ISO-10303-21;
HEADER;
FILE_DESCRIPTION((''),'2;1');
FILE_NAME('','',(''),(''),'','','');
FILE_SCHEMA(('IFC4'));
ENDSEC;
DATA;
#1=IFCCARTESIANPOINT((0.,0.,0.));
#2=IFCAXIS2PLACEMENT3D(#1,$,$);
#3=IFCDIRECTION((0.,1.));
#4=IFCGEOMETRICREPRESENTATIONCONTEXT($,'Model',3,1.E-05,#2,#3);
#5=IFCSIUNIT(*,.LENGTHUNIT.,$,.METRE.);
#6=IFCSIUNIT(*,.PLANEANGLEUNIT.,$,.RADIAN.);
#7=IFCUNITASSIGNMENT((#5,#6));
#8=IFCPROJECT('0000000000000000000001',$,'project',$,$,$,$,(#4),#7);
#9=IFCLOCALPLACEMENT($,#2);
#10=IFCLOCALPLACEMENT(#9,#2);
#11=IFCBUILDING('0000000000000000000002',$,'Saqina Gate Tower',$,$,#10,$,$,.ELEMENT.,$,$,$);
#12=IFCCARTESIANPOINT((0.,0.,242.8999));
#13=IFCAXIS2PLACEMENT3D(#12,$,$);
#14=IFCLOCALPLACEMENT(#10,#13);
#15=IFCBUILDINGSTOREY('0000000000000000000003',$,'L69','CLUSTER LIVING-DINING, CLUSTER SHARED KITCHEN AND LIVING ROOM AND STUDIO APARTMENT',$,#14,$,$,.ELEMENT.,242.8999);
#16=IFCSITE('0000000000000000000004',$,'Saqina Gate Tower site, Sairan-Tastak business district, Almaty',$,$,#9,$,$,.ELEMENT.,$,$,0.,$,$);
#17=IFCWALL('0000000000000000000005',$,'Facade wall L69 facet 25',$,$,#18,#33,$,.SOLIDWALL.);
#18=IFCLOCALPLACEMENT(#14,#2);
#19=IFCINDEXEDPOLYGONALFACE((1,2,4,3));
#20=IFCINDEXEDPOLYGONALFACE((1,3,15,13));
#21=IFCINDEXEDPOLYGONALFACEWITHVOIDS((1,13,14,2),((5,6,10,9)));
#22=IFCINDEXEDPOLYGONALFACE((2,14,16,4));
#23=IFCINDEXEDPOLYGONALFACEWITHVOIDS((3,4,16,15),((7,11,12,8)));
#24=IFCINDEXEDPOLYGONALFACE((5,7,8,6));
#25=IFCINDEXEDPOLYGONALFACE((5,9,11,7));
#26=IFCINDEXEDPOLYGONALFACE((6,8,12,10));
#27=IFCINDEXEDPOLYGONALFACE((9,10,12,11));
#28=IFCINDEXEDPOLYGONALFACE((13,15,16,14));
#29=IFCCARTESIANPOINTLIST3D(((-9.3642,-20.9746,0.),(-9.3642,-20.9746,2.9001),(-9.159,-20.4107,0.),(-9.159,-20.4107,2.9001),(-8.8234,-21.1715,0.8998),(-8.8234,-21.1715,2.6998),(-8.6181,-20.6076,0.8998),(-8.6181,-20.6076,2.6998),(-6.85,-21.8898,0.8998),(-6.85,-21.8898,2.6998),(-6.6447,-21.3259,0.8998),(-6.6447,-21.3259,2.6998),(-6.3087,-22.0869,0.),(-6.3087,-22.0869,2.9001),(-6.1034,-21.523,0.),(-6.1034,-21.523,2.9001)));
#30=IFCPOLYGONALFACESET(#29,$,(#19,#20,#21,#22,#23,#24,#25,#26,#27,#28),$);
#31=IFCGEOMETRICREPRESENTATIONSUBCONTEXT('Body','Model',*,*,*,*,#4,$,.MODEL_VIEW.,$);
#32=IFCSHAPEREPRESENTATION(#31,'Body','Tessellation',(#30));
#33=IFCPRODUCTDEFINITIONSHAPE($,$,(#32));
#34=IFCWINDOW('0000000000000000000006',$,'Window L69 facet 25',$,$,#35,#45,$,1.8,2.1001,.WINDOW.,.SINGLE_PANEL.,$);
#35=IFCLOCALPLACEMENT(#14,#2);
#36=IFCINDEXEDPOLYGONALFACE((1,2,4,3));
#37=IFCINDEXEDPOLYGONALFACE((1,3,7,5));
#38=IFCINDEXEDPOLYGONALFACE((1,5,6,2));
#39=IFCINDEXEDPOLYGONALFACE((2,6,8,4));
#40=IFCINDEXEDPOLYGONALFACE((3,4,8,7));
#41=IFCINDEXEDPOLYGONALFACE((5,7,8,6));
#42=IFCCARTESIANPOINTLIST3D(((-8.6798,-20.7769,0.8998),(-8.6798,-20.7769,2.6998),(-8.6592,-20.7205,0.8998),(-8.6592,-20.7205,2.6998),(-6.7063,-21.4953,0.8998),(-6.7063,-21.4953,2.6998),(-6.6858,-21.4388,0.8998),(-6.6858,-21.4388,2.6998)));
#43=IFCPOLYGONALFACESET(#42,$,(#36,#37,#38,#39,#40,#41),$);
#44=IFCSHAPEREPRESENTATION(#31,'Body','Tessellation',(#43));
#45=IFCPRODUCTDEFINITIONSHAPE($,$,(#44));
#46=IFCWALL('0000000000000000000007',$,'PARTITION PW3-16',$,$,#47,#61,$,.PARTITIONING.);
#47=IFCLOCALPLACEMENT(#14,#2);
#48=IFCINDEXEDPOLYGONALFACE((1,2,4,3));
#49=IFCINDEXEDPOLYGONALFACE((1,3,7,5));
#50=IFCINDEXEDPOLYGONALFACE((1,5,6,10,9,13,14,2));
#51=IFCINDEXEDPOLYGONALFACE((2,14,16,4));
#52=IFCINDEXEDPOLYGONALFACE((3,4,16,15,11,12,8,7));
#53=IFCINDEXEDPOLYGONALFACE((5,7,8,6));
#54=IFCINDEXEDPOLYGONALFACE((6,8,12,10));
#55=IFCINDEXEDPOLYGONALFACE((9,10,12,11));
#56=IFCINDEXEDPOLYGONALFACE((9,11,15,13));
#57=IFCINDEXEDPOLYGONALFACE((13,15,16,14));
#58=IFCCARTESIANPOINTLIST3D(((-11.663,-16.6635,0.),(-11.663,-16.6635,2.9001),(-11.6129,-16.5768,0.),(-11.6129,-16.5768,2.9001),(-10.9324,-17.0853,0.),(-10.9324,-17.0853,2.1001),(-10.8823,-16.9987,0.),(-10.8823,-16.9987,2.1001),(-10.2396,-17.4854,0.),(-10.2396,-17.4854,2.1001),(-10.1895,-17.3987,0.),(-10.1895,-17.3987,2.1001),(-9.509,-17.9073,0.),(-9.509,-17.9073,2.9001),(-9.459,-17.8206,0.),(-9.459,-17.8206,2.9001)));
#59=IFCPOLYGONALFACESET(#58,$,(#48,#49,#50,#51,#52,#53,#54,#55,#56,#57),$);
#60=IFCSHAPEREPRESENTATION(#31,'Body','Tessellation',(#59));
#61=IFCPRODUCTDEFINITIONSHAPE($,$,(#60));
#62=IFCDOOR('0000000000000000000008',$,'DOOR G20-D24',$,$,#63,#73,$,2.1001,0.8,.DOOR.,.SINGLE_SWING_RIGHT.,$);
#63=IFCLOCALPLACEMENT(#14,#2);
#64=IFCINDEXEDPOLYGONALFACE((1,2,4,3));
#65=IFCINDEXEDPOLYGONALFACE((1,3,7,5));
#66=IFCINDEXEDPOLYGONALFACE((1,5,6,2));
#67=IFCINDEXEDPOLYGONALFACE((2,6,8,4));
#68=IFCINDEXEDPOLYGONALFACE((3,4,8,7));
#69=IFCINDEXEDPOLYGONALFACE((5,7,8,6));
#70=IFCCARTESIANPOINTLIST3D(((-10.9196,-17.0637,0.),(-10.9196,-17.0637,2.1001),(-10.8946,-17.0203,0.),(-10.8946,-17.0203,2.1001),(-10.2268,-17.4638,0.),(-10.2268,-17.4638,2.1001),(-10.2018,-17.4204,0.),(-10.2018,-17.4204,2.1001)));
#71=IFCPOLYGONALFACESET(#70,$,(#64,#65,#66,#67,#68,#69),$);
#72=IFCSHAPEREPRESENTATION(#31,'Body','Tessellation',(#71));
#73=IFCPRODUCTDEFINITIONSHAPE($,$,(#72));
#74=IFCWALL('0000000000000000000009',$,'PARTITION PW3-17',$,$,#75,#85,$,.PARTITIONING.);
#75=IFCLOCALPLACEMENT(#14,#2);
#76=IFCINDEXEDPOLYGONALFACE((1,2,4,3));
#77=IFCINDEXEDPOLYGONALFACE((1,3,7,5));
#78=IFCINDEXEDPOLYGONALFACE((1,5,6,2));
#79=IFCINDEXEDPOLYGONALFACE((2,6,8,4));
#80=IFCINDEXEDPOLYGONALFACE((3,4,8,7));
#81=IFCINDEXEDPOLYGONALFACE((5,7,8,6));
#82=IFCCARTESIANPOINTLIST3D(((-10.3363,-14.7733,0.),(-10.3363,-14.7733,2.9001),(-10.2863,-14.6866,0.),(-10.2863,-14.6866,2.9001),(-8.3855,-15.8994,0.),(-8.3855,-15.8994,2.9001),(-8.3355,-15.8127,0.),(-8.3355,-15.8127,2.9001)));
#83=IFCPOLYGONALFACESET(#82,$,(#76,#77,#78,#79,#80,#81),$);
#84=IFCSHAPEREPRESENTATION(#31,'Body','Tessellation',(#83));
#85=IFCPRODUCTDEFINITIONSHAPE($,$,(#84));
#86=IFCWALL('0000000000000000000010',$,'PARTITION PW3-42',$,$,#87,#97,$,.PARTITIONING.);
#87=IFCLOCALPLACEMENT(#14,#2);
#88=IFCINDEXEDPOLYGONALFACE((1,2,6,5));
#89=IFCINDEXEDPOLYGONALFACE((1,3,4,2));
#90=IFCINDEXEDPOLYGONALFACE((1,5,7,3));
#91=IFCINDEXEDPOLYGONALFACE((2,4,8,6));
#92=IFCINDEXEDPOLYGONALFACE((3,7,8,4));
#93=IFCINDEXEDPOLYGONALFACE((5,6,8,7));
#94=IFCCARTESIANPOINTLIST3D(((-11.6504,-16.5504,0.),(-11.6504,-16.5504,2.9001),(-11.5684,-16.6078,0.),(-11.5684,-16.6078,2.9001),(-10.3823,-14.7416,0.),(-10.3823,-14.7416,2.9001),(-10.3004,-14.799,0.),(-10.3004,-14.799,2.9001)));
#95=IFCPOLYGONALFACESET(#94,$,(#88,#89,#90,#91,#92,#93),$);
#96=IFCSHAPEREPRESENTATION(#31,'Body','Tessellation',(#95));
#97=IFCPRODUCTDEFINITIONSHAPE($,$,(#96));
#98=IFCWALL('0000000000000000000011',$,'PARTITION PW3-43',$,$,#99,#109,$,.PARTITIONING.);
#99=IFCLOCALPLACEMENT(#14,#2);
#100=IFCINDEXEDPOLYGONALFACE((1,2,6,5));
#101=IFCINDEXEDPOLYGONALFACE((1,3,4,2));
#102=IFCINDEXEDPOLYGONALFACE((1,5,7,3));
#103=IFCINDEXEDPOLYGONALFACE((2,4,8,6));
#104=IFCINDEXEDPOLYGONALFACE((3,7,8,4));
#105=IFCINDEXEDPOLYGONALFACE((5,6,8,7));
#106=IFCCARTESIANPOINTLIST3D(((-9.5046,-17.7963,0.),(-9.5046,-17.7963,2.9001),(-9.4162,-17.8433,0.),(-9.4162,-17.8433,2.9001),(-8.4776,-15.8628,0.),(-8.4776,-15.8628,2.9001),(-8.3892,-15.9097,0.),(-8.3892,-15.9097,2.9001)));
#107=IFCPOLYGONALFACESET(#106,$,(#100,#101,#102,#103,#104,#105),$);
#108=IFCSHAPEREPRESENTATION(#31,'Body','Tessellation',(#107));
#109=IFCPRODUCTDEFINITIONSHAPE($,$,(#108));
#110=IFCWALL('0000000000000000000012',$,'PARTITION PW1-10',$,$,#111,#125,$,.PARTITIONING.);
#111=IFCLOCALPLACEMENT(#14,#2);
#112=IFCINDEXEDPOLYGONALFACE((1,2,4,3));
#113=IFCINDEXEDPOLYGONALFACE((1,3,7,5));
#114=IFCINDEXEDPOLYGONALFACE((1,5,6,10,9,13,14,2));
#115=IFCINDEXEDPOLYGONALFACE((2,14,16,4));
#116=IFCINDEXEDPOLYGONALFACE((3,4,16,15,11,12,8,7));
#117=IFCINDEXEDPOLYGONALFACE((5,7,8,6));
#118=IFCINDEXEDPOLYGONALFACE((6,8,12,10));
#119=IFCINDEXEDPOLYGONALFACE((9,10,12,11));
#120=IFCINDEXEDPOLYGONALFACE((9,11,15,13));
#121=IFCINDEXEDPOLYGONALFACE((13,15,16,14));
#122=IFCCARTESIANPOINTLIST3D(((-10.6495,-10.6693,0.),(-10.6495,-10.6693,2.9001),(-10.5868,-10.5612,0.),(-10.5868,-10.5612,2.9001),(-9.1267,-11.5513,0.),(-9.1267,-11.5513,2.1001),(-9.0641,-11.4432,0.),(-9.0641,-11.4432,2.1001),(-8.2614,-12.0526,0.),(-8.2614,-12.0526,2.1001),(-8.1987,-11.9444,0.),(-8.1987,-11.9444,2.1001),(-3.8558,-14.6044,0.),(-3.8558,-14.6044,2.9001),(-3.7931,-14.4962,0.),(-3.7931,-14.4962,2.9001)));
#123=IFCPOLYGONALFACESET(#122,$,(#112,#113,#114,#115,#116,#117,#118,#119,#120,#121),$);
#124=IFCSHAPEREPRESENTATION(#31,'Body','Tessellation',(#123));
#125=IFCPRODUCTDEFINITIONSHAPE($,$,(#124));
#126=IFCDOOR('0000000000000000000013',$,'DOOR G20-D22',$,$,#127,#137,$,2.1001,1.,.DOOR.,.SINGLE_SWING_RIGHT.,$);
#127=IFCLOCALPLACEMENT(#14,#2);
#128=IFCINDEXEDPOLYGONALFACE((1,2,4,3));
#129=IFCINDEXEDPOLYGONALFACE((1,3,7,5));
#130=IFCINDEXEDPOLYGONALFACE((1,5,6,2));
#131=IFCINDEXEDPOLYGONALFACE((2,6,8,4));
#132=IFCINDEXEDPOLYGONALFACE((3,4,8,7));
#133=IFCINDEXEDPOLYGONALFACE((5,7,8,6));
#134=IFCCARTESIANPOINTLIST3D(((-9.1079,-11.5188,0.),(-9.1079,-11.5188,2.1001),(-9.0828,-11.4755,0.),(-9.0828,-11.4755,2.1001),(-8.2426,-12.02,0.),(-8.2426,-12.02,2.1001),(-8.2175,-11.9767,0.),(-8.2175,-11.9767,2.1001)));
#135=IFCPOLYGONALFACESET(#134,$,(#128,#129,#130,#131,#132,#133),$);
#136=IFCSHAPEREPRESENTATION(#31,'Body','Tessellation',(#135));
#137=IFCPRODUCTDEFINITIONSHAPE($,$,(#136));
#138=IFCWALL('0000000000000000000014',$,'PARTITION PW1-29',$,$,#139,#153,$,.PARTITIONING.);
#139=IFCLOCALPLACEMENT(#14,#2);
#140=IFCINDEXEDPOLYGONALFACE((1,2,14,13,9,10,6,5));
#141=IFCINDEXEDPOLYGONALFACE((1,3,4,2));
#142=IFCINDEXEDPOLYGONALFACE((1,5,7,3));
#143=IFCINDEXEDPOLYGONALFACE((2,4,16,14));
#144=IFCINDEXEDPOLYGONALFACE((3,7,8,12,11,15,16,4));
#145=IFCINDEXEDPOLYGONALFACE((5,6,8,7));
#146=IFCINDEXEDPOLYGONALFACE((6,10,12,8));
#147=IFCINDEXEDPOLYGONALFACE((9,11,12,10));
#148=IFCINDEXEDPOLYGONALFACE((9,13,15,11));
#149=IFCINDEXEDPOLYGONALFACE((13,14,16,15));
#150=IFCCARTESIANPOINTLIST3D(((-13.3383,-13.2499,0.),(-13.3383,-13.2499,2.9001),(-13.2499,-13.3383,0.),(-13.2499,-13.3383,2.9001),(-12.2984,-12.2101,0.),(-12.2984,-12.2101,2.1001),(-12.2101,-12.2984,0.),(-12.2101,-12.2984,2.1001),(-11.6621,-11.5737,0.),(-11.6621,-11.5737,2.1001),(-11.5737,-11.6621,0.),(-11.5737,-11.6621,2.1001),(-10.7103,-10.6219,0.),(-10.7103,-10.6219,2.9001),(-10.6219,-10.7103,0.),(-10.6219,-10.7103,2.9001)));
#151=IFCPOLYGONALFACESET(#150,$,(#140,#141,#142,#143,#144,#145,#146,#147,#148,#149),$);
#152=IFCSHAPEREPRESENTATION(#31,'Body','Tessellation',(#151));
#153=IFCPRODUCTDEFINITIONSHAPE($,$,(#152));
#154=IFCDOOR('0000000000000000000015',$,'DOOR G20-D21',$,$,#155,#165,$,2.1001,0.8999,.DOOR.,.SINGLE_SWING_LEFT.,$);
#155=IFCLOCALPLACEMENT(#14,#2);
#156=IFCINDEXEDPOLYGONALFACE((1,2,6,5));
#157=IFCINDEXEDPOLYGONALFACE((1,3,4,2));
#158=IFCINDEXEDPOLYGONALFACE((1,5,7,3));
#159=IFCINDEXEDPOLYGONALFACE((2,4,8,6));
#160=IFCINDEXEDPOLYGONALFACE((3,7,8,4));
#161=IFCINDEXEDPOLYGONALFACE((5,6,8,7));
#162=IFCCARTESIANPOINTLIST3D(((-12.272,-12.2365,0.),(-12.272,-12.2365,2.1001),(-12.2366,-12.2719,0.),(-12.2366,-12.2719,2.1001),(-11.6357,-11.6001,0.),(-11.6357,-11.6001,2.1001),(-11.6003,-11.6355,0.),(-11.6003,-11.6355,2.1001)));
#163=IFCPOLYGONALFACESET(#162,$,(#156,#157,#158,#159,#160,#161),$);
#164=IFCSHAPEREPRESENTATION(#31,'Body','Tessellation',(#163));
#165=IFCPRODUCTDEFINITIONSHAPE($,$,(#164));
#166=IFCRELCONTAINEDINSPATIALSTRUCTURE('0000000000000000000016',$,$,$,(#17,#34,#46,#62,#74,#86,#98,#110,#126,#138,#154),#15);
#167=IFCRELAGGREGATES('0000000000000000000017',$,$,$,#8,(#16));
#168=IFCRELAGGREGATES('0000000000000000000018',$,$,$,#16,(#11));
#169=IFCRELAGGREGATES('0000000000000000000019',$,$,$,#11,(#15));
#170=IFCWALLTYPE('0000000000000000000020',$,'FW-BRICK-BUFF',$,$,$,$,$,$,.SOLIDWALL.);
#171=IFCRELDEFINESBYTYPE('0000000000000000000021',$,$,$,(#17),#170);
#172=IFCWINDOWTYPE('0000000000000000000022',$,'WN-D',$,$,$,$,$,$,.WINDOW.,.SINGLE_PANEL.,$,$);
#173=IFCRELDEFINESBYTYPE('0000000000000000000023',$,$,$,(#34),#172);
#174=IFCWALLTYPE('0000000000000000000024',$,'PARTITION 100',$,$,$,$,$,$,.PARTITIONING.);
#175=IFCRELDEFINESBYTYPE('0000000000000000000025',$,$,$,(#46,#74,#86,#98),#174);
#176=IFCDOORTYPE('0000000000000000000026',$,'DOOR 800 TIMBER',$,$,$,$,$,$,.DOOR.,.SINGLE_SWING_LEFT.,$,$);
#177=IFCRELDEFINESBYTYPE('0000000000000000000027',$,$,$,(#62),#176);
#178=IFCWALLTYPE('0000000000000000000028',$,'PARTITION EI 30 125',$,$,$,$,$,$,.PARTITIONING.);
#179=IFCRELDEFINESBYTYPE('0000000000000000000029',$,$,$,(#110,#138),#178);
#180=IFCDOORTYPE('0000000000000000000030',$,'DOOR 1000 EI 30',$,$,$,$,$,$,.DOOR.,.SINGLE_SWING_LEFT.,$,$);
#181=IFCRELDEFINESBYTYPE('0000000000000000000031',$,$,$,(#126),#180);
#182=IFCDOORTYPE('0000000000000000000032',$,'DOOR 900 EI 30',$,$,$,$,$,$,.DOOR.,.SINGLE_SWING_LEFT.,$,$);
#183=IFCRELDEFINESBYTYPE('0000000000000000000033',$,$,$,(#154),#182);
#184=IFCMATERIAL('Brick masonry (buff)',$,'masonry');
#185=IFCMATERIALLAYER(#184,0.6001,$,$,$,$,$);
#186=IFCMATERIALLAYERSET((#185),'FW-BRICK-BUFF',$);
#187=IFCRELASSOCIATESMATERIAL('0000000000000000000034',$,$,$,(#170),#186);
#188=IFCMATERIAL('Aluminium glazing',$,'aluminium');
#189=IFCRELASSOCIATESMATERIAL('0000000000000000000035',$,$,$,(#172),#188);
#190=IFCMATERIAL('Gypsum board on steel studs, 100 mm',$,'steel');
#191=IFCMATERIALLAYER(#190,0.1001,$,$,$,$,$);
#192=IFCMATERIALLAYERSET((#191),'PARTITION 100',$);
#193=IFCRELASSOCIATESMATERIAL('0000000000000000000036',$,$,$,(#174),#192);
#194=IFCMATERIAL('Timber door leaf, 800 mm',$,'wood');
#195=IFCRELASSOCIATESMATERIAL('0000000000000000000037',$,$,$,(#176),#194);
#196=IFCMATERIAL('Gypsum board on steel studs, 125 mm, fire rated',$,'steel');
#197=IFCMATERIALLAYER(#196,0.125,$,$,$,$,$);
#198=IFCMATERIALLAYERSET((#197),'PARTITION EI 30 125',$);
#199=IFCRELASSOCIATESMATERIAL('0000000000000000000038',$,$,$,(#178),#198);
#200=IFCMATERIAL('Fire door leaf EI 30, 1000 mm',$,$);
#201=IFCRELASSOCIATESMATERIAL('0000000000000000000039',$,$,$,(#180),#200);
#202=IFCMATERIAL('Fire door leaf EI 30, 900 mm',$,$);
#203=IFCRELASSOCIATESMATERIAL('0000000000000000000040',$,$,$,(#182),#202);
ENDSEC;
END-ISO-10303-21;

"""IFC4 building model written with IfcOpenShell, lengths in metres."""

from ifc_helpers import new_model, si_unit, direction, frame, frame_2d, origin, place, context, subcontext, project, spatial, rectangle, extrude, material, layer, layer_set, type_object, element, fill, save


model = new_model("IFC4")

# Units and contexts
model_context = context("Model", 3, precision=1e-05, world=origin(), true_north=direction((0.0, 1.0)))
body_context = subcontext(model_context, "Body", "Model", "MODEL_VIEW")
ifc_project = project(units=[si_unit("LENGTHUNIT", "METRE"), si_unit("PLANEANGLEUNIT", "RADIAN")], contexts=[model_context])

# Site, building, storey
site_placement = place(None, origin())
site = spatial("IfcSite", under=ifc_project, at=site_placement, Name="Saqina Gate Tower site, Sairan-Tastak business district, Almaty", CompositionType="ELEMENT", RefElevation=0.0)
building_placement = place(site_placement, origin())
building = spatial("IfcBuilding", under=site, at=building_placement, Name="Saqina Gate Tower", CompositionType="ELEMENT")
storey_placement = place(building_placement, frame((0.0, 0.0, 242.8999)))
storey = spatial("IfcBuildingStorey", under=building, at=storey_placement, Name="L69", Description="CLUSTER LIVING-DINING, CLUSTER SHARED KITCHEN AND LIVING ROOM AND STUDIO APARTMENT", CompositionType="ELEMENT", Elevation=242.8999)

# Wall, opening, window
ifc_material_1 = material(Name="Brick masonry (buff)", Category="masonry")
ifc_layer_1 = layer(ifc_material_1, 0.6001)
ifc_layer_set_1 = layer_set([ifc_layer_1], Name="FW-BRICK-BUFF")
wall_type_1 = type_object("IfcWallType", Name="FW-BRICK-BUFF", PredefinedType="SOLIDWALL", material=ifc_layer_set_1)
ifc_material_2 = material(Name="Aluminium glazing", Category="aluminium")
window_type = type_object("IfcWindowType", Name="WN-D", PartitioningType="SINGLE_PANEL", PredefinedType="WINDOW", material=ifc_material_2)
wall_1_placement = place(storey_placement, frame((-9.2617, -20.6926, 0.0), z_axis=(0.0, 0.0, 1.0), x_axis=(0.939679, -0.342057, 0.0)))
wall_1 = element("IfcWall", 1, at=wall_1_placement, inside=storey, type_object=wall_type_1, Name="Facade wall L69 facet 25", PredefinedType="SOLIDWALL", context=body_context, shape_type="SweptSolid", body=[
    extrude(rectangle(XDim=3.2517, YDim=0.6001, at=frame_2d((1.626, 0.0))), origin(), (0.0, 0.0, 1.0), 2.9001),
])
opening_1_placement = place(wall_1_placement, frame((0.5757, 0.0, 0.8999)))
opening_1 = element("IfcOpeningElement", 2, at=opening_1_placement, cuts=wall_1, PredefinedType="OPENING", context=body_context, shape_type="SweptSolid", body=[
    extrude(rectangle(XDim=2.1001, YDim=1.8, at=frame_2d((1.05, 0.8999))), frame((0.0, 0.312, 0.0), z_axis=(0.0, -1.0, 0.0), x_axis=(1.0, 0.0, 0.0)), (0.0, 0.0, 1.0), 0.624),
])
window_1_placement = place(opening_1_placement, origin())
window_1 = element("IfcWindow", 3, at=window_1_placement, inside=storey, type_object=window_type, Name="Window L69 facet 25", OverallHeight=1.8, OverallWidth=2.1001, PartitioningType="SINGLE_PANEL", PredefinedType="WINDOW", context=body_context, shape_type="SweptSolid", body=[
    extrude(rectangle(XDim=2.1001, YDim=1.8, at=frame_2d((1.05, 0.8999))), frame((0.0, 0.1799, 0.0), z_axis=(0.0, -1.0, 0.0), x_axis=(1.0, 0.0, 0.0)), (0.0, 0.0, 1.0), 0.0601),
])
fill(opening_1, window_1)

# Wall, opening, door
ifc_material_3 = material(Name="Gypsum board on steel studs, 100 mm", Category="steel")
ifc_layer_2 = layer(ifc_material_3, 0.1001)
ifc_layer_set_2 = layer_set([ifc_layer_2], Name="PARTITION 100")
wall_type_2 = type_object("IfcWallType", Name="PARTITION 100", PredefinedType="PARTITIONING", material=ifc_layer_set_2)
wall_2_placement = place(storey_placement, frame((-11.6379, -16.6201, 0.0), z_axis=(0.0, 0.0, 1.0), x_axis=(0.865981, -0.500076, 0.0)))
wall_2 = element("IfcWall", 4, at=wall_2_placement, inside=storey, type_object=wall_type_2, Name="PARTITION PW3-16", PredefinedType="PARTITIONING", context=body_context, shape_type="SweptSolid", body=[
    extrude(rectangle(XDim=2.4873, YDim=0.1001, at=frame_2d((1.2437, 0.0))), origin(), (0.0, 0.0, 1.0), 2.9001),
])
opening_2_placement = place(wall_2_placement, frame((0.8438, 0.0, 0.0)))
opening_2 = element("IfcOpeningElement", 5, at=opening_2_placement, cuts=wall_2, PredefinedType="OPENING", context=body_context, shape_type="SweptSolid", body=[
    extrude(rectangle(XDim=0.8, YDim=2.1001, at=frame_2d((0.3999, 1.05))), frame((0.0, 0.062, 0.0), z_axis=(0.0, -1.0, 0.0), x_axis=(1.0, 0.0, 0.0)), (0.0, 0.0, 1.0), 0.124),
])
ifc_material_4 = material(Name="Timber door leaf, 800 mm", Category="wood")
door_type_1 = type_object("IfcDoorType", Name="DOOR 800 TIMBER", OperationType="SINGLE_SWING_LEFT", PredefinedType="DOOR", material=ifc_material_4)
door_1_placement = place(opening_2_placement, frame((0.8, 0.0, 0.0), z_axis=(0.0, 0.0, 1.0), x_axis=(-1.0, 0.0, 0.0)))
door_1 = element("IfcDoor", 6, at=door_1_placement, inside=storey, type_object=door_type_1, Name="DOOR G20-D24", OperationType="SINGLE_SWING_RIGHT", OverallHeight=2.1001, OverallWidth=0.8, PredefinedType="DOOR", context=body_context, shape_type="SweptSolid", body=[
    extrude(rectangle(XDim=0.8, YDim=2.1001, at=frame_2d((0.3999, 1.05))), frame((0.0, 0.0249, 0.0), z_axis=(0.0, -1.0, 0.0), x_axis=(1.0, 0.0, 0.0)), (0.0, 0.0, 1.0), 0.05),
])
fill(opening_2, door_1)

# Walls
wall_3_placement = place(storey_placement, frame((-10.3113, -14.73, 0.0), z_axis=(0.0, 0.0, 1.0), x_axis=(0.866074, -0.499916, 0.0)))
element("IfcWall", 7, at=wall_3_placement, inside=storey, type_object=wall_type_2, Name="PARTITION PW3-17", PredefinedType="PARTITIONING", context=body_context, shape_type="SweptSolid", body=[
    extrude(rectangle(XDim=2.2524, YDim=0.1001, at=frame_2d((1.1262, 0.0))), origin(), (0.0, 0.0, 1.0), 2.9001),
])
wall_4_placement = place(storey_placement, frame((-11.6094, -16.5791, 0.0), z_axis=(0.0, 0.0, 1.0), x_axis=(0.574033, 0.818832, 0.0)))
element("IfcWall", 8, at=wall_4_placement, inside=storey, type_object=wall_type_2, Name="PARTITION PW3-42", PredefinedType="PARTITIONING", context=body_context, shape_type="SweptSolid", body=[
    extrude(rectangle(XDim=2.209, YDim=0.1001, at=frame_2d((1.1045, 0.0))), origin(), (0.0, 0.0, 1.0), 2.9001),
])
wall_5_placement = place(storey_placement, frame((-9.4604, -17.8198, 0.0), z_axis=(0.0, 0.0, 1.0), x_axis=(0.469112, 0.883139, 0.0)))
element("IfcWall", 9, at=wall_5_placement, inside=storey, type_object=wall_type_2, Name="PARTITION PW3-43", PredefinedType="PARTITIONING", context=body_context, shape_type="SweptSolid", body=[
    extrude(rectangle(XDim=2.1895, YDim=0.1001, at=frame_2d((1.0947, 0.0))), origin(), (0.0, 0.0, 1.0), 2.9001),
])

# Walls, openings, doors
ifc_material_5 = material(Name="Gypsum board on steel studs, 125 mm, fire rated", Category="steel")
ifc_layer_3 = layer(ifc_material_5, 0.125)
ifc_layer_set_3 = layer_set([ifc_layer_3], Name="PARTITION EI 30 125")
wall_type_3 = type_object("IfcWallType", Name="PARTITION EI 30 125", PredefinedType="PARTITIONING", material=ifc_layer_set_3)
wall_6_placement = place(storey_placement, frame((-10.6182, -10.6152, 0.0), z_axis=(0.0, 0.0, 1.0), x_axis=(0.865323, -0.501214, 0.0)))
wall_6 = element("IfcWall", 10, at=wall_6_placement, inside=storey, type_object=wall_type_3, Name="PARTITION PW1-10", PredefinedType="PARTITIONING", context=body_context, shape_type="SweptSolid", body=[
    extrude(rectangle(XDim=7.8511, YDim=0.125, at=frame_2d((3.9255, 0.0))), origin(), (0.0, 0.0, 1.0), 2.9001),
])
opening_3_placement = place(wall_6_placement, frame((1.7598, 0.0, 0.0)))
opening_3 = element("IfcOpeningElement", 11, at=opening_3_placement, cuts=wall_6, PredefinedType="OPENING", context=body_context, shape_type="SweptSolid", body=[
    extrude(rectangle(XDim=1.0, YDim=2.1001, at=frame_2d((0.5, 1.05))), frame((0.0, 0.0745, 0.0), z_axis=(0.0, -1.0, 0.0), x_axis=(1.0, 0.0, 0.0)), (0.0, 0.0, 1.0), 0.1489),
])
ifc_material_6 = material(Name="Fire door leaf EI 30, 1000 mm")
door_type_2 = type_object("IfcDoorType", Name="DOOR 1000 EI 30", OperationType="SINGLE_SWING_LEFT", PredefinedType="DOOR", material=ifc_material_6)
door_2_placement = place(opening_3_placement, frame((1.0, 0.0, 0.0), z_axis=(0.0, 0.0, 1.0), x_axis=(-1.0, 0.0, 0.0)))
door_2 = element("IfcDoor", 12, at=door_2_placement, inside=storey, type_object=door_type_2, Name="DOOR G20-D22", OperationType="SINGLE_SWING_RIGHT", OverallHeight=2.1001, OverallWidth=1.0, PredefinedType="DOOR", context=body_context, shape_type="SweptSolid", body=[
    extrude(rectangle(XDim=1.0, YDim=2.1001, at=frame_2d((0.5, 1.05))), frame((0.0, 0.0249, 0.0), z_axis=(0.0, -1.0, 0.0), x_axis=(1.0, 0.0, 0.0)), (0.0, 0.0, 1.0), 0.05),
])
fill(opening_3, door_2)
wall_7_placement = place(storey_placement, frame((-13.2942, -13.2942, 0.0), z_axis=(0.0, 0.0, 1.0), x_axis=(0.707107, 0.707107, 0.0)))
wall_7 = element("IfcWall", 13, at=wall_7_placement, inside=storey, type_object=wall_type_3, Name="PARTITION PW1-29", PredefinedType="PARTITIONING", context=body_context, shape_type="SweptSolid", body=[
    extrude(rectangle(XDim=3.7166, YDim=0.125, at=frame_2d((1.8584, 0.0))), origin(), (0.0, 0.0, 1.0), 2.9001),
])
opening_4_placement = place(wall_7_placement, frame((1.4707, 0.0, 0.0)))
opening_4 = element("IfcOpeningElement", 14, at=opening_4_placement, cuts=wall_7, PredefinedType="OPENING", context=body_context, shape_type="SweptSolid", body=[
    extrude(rectangle(XDim=0.8999, YDim=2.1001, at=frame_2d((0.45, 1.05))), frame((0.0, 0.0745, 0.0), z_axis=(0.0, -1.0, 0.0), x_axis=(1.0, 0.0, 0.0)), (0.0, 0.0, 1.0), 0.1489),
])
ifc_material_7 = material(Name="Fire door leaf EI 30, 900 mm")
door_type_3 = type_object("IfcDoorType", Name="DOOR 900 EI 30", OperationType="SINGLE_SWING_LEFT", PredefinedType="DOOR", material=ifc_material_7)
door_3_placement = place(opening_4_placement, frame((0.8999, 0.0, 0.0), z_axis=(0.0, 0.0, 1.0), x_axis=(-1.0, 0.0, 0.0)))
door_3 = element("IfcDoor", 15, at=door_3_placement, inside=storey, type_object=door_type_3, Name="DOOR G20-D21", OperationType="SINGLE_SWING_LEFT", OverallHeight=2.1001, OverallWidth=0.8999, PredefinedType="DOOR", context=body_context, shape_type="SweptSolid", body=[
    extrude(rectangle(XDim=0.8999, YDim=2.1001, at=frame_2d((0.45, 1.05))), frame((0.0, 0.0249, 0.0), z_axis=(0.0, -1.0, 0.0), x_axis=(1.0, 0.0, 0.0)), (0.0, 0.0, 1.0), 0.05),
])
fill(opening_4, door_3)

save(model, "model.ifc")
